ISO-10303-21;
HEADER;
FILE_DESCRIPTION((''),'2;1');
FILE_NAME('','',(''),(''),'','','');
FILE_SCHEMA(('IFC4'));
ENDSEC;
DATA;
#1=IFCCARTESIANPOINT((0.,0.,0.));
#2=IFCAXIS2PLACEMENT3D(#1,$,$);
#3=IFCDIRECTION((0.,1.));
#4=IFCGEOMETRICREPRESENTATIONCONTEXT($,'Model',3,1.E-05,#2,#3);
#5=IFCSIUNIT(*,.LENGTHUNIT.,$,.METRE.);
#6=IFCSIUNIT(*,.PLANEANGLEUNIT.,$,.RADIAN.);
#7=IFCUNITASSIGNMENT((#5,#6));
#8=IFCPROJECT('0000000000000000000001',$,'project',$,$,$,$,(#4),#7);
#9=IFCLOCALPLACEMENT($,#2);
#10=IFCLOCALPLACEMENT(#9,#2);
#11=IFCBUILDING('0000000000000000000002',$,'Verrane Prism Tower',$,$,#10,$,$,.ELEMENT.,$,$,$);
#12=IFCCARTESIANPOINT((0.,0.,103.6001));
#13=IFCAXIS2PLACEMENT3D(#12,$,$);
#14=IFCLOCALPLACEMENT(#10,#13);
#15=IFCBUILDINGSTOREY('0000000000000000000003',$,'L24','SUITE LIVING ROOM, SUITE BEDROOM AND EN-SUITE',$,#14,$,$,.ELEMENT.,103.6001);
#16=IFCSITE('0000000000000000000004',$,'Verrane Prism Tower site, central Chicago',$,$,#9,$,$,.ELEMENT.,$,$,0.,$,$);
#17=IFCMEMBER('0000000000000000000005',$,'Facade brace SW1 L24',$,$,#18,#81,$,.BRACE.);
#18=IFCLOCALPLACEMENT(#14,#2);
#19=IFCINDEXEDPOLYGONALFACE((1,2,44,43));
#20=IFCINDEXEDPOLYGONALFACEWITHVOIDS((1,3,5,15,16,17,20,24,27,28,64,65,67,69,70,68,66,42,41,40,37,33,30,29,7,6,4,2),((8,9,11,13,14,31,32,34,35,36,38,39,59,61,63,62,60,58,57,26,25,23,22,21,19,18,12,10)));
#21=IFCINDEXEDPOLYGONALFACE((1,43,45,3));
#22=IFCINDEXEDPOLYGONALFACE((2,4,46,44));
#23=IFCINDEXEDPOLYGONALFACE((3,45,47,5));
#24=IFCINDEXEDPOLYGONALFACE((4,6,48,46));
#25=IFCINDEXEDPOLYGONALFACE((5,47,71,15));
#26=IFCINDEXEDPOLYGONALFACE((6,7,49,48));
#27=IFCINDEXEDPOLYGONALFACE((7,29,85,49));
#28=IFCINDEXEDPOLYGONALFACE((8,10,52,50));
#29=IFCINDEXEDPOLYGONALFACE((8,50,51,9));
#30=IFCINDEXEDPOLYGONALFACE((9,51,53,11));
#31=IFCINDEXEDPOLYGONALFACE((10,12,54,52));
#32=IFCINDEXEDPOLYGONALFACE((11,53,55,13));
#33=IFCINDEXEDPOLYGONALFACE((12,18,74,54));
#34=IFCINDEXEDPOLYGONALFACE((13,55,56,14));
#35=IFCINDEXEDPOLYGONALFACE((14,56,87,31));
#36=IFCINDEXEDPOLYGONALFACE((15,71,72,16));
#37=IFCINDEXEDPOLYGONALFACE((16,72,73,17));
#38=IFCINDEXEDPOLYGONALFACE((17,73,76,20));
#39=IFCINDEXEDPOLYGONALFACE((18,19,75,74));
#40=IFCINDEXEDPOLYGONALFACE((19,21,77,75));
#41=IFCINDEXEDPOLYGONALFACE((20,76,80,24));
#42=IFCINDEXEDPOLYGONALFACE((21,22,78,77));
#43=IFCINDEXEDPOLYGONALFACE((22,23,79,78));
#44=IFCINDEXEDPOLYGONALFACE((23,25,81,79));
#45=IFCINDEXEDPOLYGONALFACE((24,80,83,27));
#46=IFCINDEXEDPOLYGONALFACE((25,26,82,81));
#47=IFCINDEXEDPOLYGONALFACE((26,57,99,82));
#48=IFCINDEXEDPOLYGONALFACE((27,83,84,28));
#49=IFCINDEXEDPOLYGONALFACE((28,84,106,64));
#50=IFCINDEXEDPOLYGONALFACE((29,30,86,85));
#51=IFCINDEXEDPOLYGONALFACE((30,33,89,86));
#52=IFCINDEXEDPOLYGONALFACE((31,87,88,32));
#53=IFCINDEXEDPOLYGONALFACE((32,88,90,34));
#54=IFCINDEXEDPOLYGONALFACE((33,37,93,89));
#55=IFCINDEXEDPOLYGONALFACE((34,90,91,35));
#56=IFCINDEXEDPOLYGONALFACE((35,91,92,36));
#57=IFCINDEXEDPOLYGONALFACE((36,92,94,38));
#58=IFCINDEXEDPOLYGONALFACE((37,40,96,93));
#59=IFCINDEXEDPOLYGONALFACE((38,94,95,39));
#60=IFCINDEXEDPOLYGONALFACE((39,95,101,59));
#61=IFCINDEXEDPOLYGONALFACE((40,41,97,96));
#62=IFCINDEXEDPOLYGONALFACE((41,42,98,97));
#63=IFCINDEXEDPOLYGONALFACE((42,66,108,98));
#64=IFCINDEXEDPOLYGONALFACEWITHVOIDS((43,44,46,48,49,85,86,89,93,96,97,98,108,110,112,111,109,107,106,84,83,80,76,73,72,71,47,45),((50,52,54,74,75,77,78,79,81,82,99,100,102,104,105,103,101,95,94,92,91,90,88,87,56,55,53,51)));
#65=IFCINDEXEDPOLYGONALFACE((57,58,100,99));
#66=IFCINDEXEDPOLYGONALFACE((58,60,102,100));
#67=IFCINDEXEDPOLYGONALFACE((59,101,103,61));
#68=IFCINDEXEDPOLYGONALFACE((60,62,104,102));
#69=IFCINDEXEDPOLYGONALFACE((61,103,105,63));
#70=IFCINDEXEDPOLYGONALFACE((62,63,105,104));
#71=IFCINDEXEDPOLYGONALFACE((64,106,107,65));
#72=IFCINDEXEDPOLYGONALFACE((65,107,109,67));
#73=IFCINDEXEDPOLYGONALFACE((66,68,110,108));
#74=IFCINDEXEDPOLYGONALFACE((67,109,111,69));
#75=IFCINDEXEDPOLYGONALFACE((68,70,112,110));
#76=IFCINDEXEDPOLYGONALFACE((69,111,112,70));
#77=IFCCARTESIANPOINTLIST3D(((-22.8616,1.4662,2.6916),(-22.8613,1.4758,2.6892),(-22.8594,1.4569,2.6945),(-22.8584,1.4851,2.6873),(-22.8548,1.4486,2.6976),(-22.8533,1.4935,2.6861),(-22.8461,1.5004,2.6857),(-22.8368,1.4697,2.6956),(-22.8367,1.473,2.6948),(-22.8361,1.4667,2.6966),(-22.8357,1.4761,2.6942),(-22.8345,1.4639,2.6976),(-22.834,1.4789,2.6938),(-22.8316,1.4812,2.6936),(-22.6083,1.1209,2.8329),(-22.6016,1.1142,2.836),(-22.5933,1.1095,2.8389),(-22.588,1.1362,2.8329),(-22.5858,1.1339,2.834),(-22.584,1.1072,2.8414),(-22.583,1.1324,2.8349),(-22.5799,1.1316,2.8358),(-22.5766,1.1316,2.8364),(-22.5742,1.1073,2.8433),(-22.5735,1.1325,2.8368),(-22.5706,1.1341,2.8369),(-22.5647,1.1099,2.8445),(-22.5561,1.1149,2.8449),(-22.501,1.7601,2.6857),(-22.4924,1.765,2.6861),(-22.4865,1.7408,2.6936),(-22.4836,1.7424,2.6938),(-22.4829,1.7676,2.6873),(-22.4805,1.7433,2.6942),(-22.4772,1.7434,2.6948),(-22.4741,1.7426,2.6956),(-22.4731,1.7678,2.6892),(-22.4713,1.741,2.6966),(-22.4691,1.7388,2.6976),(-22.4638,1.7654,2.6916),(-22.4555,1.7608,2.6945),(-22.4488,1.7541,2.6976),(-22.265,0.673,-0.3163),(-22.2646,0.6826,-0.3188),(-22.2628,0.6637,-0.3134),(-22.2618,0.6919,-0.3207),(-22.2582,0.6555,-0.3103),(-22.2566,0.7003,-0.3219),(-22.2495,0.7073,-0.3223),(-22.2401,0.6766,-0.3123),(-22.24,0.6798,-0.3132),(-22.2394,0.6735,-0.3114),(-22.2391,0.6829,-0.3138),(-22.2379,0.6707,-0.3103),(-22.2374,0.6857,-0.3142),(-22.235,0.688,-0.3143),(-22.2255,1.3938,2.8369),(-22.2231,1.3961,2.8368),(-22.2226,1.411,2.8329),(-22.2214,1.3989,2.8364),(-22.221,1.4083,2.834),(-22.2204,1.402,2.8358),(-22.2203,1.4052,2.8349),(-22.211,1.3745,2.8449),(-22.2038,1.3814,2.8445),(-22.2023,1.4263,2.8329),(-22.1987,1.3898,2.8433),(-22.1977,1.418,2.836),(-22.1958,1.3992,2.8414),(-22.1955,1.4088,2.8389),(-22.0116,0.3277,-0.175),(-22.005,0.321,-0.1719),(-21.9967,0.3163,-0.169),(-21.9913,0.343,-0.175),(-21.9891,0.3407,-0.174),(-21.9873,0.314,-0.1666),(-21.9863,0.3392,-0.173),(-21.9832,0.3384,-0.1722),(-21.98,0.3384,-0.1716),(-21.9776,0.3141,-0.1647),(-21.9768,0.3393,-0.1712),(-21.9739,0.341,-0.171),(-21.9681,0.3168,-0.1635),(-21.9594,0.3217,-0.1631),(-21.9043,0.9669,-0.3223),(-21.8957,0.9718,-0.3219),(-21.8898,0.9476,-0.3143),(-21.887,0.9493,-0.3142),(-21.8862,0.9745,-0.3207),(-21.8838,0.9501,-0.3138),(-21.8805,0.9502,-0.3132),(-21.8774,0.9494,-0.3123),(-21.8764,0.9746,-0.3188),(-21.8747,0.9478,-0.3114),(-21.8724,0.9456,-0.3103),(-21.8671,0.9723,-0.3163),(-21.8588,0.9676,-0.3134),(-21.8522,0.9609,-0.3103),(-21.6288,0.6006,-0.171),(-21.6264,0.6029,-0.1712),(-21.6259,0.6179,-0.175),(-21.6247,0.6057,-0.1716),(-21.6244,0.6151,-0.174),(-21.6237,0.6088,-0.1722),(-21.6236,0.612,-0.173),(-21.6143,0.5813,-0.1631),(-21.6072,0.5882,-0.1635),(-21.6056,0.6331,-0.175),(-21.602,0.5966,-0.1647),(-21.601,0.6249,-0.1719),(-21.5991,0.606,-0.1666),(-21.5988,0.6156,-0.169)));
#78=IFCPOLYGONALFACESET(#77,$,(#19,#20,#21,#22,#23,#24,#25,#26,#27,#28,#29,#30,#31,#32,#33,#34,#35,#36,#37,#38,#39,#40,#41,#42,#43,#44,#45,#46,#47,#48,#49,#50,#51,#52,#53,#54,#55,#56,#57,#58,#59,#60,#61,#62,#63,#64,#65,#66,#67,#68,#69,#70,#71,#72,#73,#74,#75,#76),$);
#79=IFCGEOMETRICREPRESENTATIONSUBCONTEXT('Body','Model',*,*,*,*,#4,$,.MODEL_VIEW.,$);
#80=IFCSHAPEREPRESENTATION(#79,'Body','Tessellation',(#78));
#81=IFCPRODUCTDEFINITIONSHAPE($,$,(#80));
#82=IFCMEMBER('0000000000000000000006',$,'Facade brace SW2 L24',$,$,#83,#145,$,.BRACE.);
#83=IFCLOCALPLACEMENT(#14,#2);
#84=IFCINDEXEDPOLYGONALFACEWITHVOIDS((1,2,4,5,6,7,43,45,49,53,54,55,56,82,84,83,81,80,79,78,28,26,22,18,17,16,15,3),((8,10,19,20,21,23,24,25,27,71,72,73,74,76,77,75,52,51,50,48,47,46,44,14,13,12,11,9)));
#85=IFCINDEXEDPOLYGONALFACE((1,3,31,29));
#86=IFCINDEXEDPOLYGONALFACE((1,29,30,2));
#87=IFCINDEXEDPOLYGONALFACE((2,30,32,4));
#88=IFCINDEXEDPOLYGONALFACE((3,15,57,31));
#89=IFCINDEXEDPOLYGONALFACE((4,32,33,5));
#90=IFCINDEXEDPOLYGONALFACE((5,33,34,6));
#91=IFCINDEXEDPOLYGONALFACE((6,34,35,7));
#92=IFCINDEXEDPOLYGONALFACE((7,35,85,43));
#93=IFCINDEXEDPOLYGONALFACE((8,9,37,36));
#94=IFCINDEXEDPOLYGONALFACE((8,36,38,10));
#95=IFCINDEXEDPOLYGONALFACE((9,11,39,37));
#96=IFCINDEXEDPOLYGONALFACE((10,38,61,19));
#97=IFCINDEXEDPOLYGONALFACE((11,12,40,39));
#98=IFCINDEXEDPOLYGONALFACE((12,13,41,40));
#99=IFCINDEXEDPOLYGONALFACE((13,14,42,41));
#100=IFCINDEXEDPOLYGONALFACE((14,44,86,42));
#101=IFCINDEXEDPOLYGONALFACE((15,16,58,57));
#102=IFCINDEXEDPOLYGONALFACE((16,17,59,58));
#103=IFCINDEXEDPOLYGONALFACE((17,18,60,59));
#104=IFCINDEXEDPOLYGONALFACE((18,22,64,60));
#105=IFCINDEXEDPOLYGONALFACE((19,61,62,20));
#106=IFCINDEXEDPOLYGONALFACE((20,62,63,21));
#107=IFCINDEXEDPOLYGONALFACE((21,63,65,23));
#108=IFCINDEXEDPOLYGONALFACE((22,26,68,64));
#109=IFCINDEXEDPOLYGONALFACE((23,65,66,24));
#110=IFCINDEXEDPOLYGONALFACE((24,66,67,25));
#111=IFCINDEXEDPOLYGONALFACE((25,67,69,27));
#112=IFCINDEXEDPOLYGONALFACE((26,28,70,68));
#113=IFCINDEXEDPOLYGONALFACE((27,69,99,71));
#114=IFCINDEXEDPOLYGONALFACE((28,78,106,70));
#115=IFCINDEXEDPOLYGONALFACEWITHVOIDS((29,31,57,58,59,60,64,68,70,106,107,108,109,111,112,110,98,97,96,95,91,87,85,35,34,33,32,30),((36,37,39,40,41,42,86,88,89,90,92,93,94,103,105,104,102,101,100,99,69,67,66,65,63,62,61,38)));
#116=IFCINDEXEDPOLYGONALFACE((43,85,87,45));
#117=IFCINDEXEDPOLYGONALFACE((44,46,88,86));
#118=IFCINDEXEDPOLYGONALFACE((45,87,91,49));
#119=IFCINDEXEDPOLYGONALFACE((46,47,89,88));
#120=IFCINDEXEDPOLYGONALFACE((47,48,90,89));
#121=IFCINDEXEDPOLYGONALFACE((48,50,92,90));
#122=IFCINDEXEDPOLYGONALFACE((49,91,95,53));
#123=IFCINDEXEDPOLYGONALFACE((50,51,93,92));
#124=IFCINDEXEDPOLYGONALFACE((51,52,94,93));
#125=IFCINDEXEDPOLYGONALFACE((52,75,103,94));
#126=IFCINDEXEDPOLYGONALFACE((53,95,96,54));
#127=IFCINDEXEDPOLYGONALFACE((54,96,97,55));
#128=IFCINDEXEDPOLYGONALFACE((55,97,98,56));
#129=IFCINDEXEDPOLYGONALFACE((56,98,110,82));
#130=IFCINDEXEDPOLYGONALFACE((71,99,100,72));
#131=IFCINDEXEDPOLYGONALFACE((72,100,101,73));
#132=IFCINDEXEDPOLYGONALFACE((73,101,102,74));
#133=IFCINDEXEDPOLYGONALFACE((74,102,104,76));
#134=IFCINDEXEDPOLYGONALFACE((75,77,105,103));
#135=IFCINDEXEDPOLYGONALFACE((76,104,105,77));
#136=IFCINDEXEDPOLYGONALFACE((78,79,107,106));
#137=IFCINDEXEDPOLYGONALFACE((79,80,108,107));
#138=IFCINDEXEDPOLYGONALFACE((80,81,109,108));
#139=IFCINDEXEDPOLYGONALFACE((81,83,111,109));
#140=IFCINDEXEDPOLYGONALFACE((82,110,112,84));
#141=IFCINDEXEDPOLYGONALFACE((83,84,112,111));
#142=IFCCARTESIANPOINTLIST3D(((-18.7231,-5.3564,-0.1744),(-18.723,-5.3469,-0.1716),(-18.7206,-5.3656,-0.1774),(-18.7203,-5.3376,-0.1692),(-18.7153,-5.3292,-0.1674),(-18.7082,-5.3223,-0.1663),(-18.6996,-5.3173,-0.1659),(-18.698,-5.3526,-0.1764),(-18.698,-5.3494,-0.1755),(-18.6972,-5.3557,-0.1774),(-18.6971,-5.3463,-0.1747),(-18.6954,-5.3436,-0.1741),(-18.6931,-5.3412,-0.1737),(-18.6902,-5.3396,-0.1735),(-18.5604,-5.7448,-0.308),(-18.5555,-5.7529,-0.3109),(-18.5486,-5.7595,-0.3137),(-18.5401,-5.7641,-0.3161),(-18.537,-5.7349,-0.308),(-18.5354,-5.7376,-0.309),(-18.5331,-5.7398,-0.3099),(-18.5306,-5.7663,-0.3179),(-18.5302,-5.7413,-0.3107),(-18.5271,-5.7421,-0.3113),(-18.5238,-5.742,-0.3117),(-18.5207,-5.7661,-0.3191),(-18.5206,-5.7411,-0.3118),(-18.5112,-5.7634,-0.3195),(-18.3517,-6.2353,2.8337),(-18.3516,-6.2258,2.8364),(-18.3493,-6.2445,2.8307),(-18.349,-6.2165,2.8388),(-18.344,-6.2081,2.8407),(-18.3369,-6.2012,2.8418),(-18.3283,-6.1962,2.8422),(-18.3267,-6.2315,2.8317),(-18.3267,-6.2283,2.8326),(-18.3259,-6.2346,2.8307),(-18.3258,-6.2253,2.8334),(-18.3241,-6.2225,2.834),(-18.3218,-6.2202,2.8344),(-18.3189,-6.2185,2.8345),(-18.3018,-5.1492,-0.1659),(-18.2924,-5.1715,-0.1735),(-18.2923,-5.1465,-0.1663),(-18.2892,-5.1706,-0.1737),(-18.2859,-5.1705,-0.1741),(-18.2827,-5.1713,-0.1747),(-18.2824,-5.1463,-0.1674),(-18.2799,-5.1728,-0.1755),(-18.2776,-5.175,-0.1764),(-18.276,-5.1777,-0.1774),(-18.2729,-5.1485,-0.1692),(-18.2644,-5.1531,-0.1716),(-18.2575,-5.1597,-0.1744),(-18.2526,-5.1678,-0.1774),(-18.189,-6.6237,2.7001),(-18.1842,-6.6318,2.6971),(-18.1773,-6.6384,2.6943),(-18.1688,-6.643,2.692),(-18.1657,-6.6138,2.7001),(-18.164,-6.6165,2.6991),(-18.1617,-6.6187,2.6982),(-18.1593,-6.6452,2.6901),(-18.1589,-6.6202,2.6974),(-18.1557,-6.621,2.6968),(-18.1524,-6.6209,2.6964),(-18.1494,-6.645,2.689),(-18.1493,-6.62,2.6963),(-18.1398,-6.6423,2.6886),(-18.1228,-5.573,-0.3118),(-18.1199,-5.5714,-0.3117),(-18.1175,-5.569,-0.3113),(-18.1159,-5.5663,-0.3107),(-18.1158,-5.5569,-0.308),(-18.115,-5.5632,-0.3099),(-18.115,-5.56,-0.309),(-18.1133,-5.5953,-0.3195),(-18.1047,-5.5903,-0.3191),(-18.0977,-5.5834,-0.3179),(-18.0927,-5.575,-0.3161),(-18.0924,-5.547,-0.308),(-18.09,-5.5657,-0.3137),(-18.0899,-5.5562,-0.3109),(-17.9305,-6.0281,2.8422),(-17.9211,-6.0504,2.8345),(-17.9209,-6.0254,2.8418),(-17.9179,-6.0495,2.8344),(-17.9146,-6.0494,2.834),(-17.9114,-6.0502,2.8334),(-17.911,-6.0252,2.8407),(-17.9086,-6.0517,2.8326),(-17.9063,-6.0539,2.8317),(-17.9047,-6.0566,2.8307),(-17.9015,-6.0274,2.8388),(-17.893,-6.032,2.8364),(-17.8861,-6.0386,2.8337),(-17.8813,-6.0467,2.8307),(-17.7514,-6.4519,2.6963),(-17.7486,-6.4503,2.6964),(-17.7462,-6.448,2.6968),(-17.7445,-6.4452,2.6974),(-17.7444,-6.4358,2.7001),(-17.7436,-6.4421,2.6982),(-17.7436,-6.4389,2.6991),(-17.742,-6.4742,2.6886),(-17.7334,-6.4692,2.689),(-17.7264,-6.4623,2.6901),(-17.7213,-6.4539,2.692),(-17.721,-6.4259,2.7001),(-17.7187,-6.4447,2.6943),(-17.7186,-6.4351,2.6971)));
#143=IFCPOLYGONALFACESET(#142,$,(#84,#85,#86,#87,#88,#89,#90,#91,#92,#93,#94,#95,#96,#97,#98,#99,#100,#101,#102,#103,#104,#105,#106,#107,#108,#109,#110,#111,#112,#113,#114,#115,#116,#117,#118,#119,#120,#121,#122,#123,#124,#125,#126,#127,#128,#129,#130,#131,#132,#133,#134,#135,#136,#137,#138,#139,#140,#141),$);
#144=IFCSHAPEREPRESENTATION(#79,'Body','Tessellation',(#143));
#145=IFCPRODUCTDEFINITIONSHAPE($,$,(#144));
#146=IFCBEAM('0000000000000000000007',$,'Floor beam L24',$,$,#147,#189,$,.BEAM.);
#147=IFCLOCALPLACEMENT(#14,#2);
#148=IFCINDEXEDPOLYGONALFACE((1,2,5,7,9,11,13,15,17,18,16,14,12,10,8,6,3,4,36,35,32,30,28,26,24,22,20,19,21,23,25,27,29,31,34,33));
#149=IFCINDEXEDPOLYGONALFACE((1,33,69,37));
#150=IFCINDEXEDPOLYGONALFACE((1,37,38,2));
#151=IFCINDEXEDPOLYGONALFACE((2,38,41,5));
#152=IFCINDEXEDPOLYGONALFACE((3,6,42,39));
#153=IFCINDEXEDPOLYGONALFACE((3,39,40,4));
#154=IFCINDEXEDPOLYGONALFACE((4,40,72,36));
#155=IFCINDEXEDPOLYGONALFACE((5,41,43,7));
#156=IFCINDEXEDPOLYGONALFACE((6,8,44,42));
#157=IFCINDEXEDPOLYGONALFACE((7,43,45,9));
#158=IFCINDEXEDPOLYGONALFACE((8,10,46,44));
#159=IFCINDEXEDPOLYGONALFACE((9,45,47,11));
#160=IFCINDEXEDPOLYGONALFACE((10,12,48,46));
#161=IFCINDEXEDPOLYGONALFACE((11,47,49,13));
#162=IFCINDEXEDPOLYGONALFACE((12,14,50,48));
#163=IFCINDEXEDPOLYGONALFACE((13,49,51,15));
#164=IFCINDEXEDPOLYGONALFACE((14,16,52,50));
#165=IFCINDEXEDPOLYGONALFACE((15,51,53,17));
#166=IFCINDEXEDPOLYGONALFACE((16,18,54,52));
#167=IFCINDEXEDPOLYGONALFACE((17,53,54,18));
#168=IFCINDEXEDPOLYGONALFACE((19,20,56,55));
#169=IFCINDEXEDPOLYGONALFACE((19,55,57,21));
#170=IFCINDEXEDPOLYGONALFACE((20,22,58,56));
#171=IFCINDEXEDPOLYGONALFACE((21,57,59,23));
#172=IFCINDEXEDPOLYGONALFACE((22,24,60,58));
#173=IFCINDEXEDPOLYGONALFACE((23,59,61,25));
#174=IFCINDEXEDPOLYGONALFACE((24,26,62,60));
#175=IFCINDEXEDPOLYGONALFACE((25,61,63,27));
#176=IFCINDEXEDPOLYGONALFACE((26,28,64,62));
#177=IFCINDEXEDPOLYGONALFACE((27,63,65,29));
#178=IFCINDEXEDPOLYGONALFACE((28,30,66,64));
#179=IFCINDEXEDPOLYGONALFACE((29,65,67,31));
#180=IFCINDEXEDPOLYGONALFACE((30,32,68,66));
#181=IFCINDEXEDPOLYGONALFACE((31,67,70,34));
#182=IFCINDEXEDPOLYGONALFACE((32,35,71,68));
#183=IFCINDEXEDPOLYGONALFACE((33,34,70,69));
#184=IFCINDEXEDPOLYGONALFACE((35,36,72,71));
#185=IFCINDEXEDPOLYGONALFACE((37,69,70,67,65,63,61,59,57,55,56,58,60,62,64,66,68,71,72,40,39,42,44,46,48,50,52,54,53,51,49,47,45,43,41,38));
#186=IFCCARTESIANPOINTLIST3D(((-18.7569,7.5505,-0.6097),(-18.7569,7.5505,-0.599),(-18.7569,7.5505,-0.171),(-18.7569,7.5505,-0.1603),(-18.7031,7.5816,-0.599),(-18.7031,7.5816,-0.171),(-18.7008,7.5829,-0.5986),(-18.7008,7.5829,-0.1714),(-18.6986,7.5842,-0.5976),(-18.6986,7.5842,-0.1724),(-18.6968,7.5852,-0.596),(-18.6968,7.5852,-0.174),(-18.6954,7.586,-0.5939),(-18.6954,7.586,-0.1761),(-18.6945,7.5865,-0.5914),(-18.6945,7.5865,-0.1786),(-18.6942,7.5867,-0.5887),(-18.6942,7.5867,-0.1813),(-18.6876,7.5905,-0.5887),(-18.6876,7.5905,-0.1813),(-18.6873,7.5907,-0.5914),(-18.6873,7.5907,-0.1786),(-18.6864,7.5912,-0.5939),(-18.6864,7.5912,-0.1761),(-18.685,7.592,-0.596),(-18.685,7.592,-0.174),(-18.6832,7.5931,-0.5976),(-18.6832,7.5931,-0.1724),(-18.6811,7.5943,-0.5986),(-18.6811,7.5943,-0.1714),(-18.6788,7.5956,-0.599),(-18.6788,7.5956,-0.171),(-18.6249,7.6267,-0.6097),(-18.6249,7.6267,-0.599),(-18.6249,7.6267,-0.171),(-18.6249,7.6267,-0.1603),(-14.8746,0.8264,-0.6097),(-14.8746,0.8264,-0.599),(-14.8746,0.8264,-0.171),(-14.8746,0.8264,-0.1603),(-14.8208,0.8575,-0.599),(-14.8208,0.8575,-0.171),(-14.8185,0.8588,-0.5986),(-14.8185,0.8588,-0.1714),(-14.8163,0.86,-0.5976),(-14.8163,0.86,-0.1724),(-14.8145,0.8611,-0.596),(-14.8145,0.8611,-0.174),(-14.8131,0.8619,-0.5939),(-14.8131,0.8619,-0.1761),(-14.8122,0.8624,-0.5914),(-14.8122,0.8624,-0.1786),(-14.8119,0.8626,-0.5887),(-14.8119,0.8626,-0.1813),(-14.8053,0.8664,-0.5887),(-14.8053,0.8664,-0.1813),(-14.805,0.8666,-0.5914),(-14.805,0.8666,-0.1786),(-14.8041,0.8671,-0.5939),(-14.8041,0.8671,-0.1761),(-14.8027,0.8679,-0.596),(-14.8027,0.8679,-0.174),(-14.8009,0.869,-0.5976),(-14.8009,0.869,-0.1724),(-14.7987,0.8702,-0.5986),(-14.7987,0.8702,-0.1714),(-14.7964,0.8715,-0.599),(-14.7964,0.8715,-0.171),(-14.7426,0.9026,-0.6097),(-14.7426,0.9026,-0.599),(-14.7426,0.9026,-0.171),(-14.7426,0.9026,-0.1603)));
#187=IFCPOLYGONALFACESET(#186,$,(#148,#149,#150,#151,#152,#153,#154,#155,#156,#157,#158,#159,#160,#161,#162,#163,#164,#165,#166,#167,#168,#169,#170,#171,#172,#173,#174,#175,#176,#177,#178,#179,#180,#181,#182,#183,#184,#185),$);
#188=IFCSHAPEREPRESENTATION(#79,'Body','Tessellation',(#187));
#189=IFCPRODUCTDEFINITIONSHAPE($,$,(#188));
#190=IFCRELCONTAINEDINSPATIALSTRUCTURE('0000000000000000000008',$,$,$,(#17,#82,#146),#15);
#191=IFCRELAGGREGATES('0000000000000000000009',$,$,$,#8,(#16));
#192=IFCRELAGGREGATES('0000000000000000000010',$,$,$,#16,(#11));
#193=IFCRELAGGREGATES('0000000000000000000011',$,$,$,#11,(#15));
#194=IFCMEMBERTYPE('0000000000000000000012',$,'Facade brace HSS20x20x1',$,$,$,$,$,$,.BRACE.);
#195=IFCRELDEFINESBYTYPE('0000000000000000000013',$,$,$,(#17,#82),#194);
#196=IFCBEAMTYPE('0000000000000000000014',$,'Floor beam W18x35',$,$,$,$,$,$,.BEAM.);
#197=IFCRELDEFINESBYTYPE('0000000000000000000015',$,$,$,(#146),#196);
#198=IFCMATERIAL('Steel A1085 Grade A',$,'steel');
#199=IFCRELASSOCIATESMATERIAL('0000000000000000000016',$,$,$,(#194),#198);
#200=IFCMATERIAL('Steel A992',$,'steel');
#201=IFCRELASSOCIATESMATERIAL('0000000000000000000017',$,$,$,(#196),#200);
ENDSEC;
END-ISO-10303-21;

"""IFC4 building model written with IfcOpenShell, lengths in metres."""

from ifc_helpers import new_model, si_unit, direction, frame, origin, origin_2d, place, context, subcontext, project, spatial, hollow_rectangle, i_section, extrude, material, material_profile, profile_set, type_object, element, save


model = new_model("IFC4")

# Units and contexts
model_context = context("Model", 3, precision=1e-05, world=origin(), true_north=direction((0.0, 1.0)))
body_context = subcontext(model_context, "Body", "Model", "MODEL_VIEW")
ifc_project = project(units=[si_unit("LENGTHUNIT", "METRE"), si_unit("PLANEANGLEUNIT", "RADIAN")], contexts=[model_context])

# Site, building, storey
site_placement = place(None, origin())
site = spatial("IfcSite", under=ifc_project, at=site_placement, Name="Verrane Prism Tower site, central Chicago", CompositionType="ELEMENT", RefElevation=0.0)
building_placement = place(site_placement, origin())
building = spatial("IfcBuilding", under=site, at=building_placement, Name="Verrane Prism Tower", CompositionType="ELEMENT")
storey_placement = place(building_placement, frame((0.0, 0.0, 103.6001)))
storey = spatial("IfcBuildingStorey", under=building, at=storey_placement, Name="L24", Description="SUITE LIVING ROOM, SUITE BEDROOM AND EN-SUITE", CompositionType="ELEMENT", Elevation=103.6001)

# Members
ifc_material_1 = material(Name="Steel A1085 Grade A", Category="steel")
ifc_material_profile_1 = material_profile(ifc_material_1, hollow_rectangle(XDim=0.5081, YDim=0.5081, WallThickness=0.0254, InnerFilletRadius=0.0127, OuterFilletRadius=0.0381, at=origin_2d()), Name="HSS20x20x1")
ifc_profile_set_1 = profile_set([ifc_material_profile_1], Name="Steel A1085 Grade A")
member_type_1 = type_object("IfcMemberType", Name="Facade brace HSS20x20x1", PredefinedType="BRACE", material=ifc_profile_set_1)
member_1_placement = place(storey_placement, frame((-21.9319, 0.6443, -0.2427), z_axis=(-0.18837, 0.250415, 0.949636), x_axis=(-0.799143, -0.601141, 0.0)))
element("IfcMember", 1, at=member_1_placement, inside=storey, type_object=member_type_1, Name="Facade brace SW1 L24", PredefinedType="BRACE", context=body_context, shape_type="SweptSolid", body=[
    extrude(hollow_rectangle(XDim=0.5081, YDim=0.5081, WallThickness=0.0254, InnerFilletRadius=0.0127, OuterFilletRadius=0.0381, at=origin_2d()), origin(), (0.0, 0.0, 1.0), 3.1675),
])
member_2_placement = place(storey_placement, frame((-18.4065, -5.4563, -0.2427), z_axis=(0.11767, -0.278509, 0.953198), x_axis=(0.921158, 0.389189, 0.0)))
element("IfcMember", 2, at=member_2_placement, inside=storey, type_object=member_type_1, Name="Facade brace SW2 L24", PredefinedType="BRACE", context=body_context, shape_type="SweptSolid", body=[
    extrude(hollow_rectangle(XDim=0.5081, YDim=0.5081, WallThickness=0.0254, InnerFilletRadius=0.0127, OuterFilletRadius=0.0381, at=origin_2d()), origin(), (0.0, 0.0, 1.0), 3.1558),
])

# Beam
ifc_material_2 = material(Name="Steel A992", Category="steel")
ifc_material_profile_2 = material_profile(ifc_material_2, i_section(OverallWidth=0.1523, OverallDepth=0.4495, WebThickness=0.0076, FlangeThickness=0.0107, FilletRadius=0.0103, at=origin_2d()), Name="W18x35")
ifc_profile_set_2 = profile_set([ifc_material_profile_2], Name="Steel A992")
beam_type_1 = type_object("IfcBeamType", Name="Floor beam W18x35", PredefinedType="BEAM", material=ifc_profile_set_2)
beam_1_placement = place(storey_placement, frame((-14.8086, 0.8645, -0.385), z_axis=(-0.500015, 0.866017, 0.0), x_axis=(-0.866017, -0.500015, 0.0)))
element("IfcBeam", 3, at=beam_1_placement, inside=storey, type_object=beam_type_1, Name="Floor beam L24", PredefinedType="BEAM", context=body_context, shape_type="SweptSolid", body=[
    extrude(i_section(OverallWidth=0.1523, OverallDepth=0.4495, WebThickness=0.0076, FlangeThickness=0.0107, FilletRadius=0.0103, at=origin_2d()), origin(), (0.0, 0.0, 1.0), 7.7644),
])

save(model, "model.ifc")
